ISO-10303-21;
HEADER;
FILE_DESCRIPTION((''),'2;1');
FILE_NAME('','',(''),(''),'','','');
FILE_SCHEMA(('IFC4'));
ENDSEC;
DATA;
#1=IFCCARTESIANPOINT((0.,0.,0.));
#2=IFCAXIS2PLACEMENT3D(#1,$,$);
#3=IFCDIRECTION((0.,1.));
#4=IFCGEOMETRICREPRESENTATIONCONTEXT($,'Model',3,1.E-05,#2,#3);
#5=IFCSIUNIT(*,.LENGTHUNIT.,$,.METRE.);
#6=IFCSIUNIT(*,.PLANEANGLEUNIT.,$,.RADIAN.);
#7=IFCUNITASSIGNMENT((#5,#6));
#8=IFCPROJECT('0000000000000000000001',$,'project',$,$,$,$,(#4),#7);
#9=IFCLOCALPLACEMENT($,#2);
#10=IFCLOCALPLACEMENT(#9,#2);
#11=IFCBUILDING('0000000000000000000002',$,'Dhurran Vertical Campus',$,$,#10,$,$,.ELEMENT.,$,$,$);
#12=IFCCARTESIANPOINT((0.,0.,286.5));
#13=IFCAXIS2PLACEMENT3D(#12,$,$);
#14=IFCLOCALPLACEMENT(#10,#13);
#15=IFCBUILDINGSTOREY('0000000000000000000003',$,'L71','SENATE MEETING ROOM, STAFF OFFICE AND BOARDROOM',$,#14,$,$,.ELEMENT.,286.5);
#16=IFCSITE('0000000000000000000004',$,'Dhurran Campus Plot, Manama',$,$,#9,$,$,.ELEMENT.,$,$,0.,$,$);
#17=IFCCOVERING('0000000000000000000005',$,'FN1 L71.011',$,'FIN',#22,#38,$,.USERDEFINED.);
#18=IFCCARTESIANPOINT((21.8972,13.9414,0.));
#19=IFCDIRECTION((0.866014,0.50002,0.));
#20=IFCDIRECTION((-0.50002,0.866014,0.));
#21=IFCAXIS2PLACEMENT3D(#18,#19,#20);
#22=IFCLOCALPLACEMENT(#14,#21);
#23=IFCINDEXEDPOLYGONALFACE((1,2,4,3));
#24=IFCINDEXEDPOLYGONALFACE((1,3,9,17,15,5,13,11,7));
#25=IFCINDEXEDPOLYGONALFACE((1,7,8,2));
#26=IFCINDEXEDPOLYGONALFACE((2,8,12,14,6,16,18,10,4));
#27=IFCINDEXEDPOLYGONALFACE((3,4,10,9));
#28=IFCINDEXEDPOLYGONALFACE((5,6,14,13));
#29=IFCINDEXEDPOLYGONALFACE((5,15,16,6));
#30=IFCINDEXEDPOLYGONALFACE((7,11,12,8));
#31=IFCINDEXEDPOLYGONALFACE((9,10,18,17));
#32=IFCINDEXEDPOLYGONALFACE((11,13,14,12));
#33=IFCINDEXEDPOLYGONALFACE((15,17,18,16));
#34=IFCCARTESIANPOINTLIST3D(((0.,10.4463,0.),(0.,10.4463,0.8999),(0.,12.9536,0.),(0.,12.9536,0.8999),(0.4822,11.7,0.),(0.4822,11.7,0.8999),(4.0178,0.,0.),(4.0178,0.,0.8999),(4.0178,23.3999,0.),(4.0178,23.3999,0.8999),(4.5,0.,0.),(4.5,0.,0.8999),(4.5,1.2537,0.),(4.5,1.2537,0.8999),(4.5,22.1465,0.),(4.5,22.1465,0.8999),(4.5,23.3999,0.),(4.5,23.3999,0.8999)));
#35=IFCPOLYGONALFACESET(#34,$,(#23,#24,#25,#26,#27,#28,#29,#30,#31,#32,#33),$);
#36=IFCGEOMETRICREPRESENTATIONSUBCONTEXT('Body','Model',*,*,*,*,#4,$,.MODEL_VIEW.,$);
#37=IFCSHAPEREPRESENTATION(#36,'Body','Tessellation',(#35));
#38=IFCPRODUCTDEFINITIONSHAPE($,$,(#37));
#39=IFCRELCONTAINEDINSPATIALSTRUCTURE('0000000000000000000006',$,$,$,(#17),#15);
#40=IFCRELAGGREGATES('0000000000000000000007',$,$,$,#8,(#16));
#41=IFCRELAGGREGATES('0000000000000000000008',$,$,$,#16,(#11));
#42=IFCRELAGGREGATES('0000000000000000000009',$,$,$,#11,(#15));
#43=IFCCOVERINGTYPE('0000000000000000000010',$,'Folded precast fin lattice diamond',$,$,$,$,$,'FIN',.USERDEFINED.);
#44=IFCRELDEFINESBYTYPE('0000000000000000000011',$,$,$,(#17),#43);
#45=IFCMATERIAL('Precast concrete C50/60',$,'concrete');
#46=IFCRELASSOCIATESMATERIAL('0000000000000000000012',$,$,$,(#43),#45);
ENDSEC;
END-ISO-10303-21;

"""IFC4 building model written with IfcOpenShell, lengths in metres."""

from ifc_helpers import new_model, si_unit, direction, frame, origin, place, context, subcontext, project, spatial, polyline, outline, extrude, material, type_object, element, save


model = new_model("IFC4")

# Units and contexts
model_context = context("Model", 3, precision=1e-05, world=origin(), true_north=direction((0.0, 1.0)))
body_context = subcontext(model_context, "Body", "Model", "MODEL_VIEW")
ifc_project = project(units=[si_unit("LENGTHUNIT", "METRE"), si_unit("PLANEANGLEUNIT", "RADIAN")], contexts=[model_context])

# Site, building, storey
site_placement = place(None, origin())
site = spatial("IfcSite", under=ifc_project, at=site_placement, Name="Dhurran Campus Plot, Manama", CompositionType="ELEMENT", RefElevation=0.0)
building_placement = place(site_placement, origin())
building = spatial("IfcBuilding", under=site, at=building_placement, Name="Dhurran Vertical Campus", CompositionType="ELEMENT")
storey_placement = place(building_placement, frame((0.0, 0.0, 286.5)))
storey = spatial("IfcBuildingStorey", under=building, at=storey_placement, Name="L71", Description="SENATE MEETING ROOM, STAFF OFFICE AND BOARDROOM", CompositionType="ELEMENT", Elevation=286.5)

# Covering
ifc_material_1 = material(Name="Precast concrete C50/60", Category="concrete")
covering_type = type_object("IfcCoveringType", Name="Folded precast fin lattice diamond", ElementType="FIN", PredefinedType="USERDEFINED", material=ifc_material_1)
covering_1_placement = place(storey_placement, frame((21.8972, 13.9414, 0.0), z_axis=(0.866014, 0.50002, 0.0), x_axis=(-0.50002, 0.866014, 0.0)))
element("IfcCovering", 1, at=covering_1_placement, inside=storey, type_object=covering_type, Name="FN1 L71.011", ObjectType="FIN", PredefinedType="USERDEFINED", context=body_context, shape_type="SweptSolid", body=[
    extrude(outline(polyline([(4.0178, 0.0), (0.0, 10.4463), (0.0, 12.9536), (4.0178, 23.3999), (4.5, 23.3999), (4.5, 22.1465), (0.4822, 11.7), (4.5, 1.2537), (4.5, 0.0), (4.0178, 0.0)])), origin(), (0.0, 0.0, 1.0), 0.8999),
])

save(model, "model.ifc")
